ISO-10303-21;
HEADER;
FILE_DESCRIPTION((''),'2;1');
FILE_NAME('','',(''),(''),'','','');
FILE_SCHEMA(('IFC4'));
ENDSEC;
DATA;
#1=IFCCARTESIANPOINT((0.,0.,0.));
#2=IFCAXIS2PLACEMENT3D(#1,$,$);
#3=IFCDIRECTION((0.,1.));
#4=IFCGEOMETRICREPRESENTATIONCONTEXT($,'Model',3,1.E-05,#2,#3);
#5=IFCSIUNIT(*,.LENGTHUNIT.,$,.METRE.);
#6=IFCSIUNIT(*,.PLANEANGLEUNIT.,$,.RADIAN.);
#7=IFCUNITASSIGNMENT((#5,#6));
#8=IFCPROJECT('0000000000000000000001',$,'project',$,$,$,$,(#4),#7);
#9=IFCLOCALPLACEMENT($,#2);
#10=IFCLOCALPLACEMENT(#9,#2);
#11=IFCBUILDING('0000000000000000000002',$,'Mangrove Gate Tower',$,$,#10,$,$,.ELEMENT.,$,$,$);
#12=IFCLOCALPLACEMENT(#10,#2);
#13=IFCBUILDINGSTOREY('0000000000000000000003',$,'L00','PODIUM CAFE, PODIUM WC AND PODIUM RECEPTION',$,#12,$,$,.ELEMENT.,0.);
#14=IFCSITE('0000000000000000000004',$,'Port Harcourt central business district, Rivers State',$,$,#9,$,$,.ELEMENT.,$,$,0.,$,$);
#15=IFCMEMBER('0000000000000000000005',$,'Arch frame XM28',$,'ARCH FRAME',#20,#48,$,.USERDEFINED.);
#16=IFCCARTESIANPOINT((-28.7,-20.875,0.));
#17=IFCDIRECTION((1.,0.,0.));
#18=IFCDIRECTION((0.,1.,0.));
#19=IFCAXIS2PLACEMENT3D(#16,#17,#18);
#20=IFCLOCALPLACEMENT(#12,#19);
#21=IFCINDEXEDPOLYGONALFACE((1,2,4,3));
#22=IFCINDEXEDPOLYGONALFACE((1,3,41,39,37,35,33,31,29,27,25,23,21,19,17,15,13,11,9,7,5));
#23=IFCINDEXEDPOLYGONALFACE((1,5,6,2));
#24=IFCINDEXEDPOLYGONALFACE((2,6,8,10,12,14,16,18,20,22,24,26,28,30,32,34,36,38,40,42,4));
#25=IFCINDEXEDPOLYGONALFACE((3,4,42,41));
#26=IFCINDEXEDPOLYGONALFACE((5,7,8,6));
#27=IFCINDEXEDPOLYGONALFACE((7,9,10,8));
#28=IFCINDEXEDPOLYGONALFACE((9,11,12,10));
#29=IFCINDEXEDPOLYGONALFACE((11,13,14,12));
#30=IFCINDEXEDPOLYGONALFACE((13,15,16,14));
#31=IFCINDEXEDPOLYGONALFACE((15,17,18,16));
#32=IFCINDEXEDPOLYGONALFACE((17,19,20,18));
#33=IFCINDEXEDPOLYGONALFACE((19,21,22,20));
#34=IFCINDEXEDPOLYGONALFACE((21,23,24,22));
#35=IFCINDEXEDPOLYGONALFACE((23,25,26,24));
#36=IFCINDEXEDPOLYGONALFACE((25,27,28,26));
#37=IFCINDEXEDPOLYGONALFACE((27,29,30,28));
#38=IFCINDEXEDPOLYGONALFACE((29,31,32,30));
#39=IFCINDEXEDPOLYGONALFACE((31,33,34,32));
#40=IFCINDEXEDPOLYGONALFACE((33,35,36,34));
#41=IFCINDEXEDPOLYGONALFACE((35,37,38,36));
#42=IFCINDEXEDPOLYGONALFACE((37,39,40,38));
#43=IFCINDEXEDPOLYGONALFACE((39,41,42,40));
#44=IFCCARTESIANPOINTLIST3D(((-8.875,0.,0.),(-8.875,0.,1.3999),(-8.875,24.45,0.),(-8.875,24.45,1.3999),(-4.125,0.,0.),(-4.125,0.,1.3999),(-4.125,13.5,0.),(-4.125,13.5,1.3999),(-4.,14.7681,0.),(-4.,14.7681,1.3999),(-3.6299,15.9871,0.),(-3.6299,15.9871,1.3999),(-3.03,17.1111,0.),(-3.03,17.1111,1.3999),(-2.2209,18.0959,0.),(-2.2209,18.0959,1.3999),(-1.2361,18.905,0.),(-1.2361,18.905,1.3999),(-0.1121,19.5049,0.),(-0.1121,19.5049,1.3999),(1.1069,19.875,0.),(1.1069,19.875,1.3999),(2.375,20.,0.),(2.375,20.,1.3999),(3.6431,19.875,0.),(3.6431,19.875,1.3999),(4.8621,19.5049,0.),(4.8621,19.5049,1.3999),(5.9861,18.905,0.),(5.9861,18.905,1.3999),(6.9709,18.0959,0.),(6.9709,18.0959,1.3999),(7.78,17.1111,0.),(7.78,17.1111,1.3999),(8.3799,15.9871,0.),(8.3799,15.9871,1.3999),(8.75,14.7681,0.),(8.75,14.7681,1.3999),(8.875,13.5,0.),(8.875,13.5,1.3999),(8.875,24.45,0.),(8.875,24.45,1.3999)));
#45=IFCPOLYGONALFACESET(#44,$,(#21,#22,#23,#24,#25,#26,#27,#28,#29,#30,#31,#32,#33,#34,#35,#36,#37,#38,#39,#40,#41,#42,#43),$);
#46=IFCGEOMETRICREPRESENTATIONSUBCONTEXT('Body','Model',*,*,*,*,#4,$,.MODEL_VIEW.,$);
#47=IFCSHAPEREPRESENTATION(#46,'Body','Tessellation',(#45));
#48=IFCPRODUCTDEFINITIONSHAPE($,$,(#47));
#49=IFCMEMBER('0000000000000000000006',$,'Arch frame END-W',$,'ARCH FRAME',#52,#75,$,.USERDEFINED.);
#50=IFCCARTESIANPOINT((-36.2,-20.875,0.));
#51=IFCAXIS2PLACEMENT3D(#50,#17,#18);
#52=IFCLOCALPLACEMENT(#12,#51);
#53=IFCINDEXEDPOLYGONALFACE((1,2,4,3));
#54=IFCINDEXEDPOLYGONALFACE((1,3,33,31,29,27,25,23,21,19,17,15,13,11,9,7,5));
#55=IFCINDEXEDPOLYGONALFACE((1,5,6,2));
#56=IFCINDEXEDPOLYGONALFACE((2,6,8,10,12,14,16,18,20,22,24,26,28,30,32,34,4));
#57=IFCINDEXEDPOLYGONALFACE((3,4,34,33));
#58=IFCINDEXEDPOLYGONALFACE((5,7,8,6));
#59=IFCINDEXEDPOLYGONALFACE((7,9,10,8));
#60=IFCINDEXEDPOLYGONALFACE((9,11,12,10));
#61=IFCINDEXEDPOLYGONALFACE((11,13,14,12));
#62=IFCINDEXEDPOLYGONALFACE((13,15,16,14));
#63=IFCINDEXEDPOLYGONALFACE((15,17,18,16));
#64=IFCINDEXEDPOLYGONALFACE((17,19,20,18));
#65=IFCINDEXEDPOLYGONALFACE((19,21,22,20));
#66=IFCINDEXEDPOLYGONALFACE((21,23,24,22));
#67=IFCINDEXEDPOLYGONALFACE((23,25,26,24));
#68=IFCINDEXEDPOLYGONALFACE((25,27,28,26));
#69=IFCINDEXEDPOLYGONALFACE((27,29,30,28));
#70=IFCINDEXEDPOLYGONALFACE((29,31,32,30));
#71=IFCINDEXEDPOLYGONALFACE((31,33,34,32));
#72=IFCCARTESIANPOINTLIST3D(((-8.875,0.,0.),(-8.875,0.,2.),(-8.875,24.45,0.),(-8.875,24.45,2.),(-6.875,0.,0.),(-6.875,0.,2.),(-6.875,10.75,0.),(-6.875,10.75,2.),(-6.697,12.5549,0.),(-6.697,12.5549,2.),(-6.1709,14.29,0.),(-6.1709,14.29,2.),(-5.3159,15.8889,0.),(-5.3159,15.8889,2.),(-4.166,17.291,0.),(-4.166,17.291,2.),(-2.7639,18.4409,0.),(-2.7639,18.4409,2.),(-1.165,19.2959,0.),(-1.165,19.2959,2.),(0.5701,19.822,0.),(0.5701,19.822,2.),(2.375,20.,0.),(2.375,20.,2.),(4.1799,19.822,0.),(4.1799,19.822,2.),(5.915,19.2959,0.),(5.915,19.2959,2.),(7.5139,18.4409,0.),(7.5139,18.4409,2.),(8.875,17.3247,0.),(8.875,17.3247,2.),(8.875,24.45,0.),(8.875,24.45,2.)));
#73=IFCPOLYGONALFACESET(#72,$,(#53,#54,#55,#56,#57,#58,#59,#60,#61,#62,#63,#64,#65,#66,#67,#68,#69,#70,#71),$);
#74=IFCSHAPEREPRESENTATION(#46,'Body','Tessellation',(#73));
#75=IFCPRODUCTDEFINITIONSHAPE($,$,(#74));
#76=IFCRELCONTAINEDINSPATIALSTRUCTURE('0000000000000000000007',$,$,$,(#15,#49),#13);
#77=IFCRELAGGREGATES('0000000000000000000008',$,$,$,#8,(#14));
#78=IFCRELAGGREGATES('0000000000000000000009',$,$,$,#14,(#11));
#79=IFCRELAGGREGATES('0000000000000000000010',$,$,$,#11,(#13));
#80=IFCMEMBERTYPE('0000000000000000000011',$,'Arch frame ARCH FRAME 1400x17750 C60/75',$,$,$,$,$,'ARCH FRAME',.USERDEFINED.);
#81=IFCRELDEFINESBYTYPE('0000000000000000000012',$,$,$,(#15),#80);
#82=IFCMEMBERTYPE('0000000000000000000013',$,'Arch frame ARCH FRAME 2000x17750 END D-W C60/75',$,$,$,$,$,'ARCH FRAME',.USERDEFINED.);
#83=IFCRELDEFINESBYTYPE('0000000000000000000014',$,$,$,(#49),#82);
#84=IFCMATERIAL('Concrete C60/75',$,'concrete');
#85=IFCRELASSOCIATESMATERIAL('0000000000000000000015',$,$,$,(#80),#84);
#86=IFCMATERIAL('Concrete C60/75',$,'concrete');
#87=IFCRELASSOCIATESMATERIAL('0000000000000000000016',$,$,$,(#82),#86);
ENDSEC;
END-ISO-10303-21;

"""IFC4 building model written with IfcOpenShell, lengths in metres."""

from ifc_helpers import new_model, si_unit, direction, frame, origin, place, context, subcontext, project, spatial, polyline, outline, extrude, material, material_profile, profile_set, type_object, element, save


model = new_model("IFC4")

# Units and contexts
model_context = context("Model", 3, precision=1e-05, world=origin(), true_north=direction((0.0, 1.0)))
body_context = subcontext(model_context, "Body", "Model", "MODEL_VIEW")
ifc_project = project(units=[si_unit("LENGTHUNIT", "METRE"), si_unit("PLANEANGLEUNIT", "RADIAN")], contexts=[model_context])

# Site, building, storey
site_placement = place(None, origin())
site = spatial("IfcSite", under=ifc_project, at=site_placement, Name="Port Harcourt central business district, Rivers State", CompositionType="ELEMENT", RefElevation=0.0)
building_placement = place(site_placement, origin())
building = spatial("IfcBuilding", under=site, at=building_placement, Name="Mangrove Gate Tower", CompositionType="ELEMENT")
storey_placement = place(building_placement, origin())
storey = spatial("IfcBuildingStorey", under=building, at=storey_placement, Name="L00", Description="PODIUM CAFE, PODIUM WC AND PODIUM RECEPTION", CompositionType="ELEMENT", Elevation=0.0)

# Members
ifc_material_1 = material(Name="Concrete C60/75", Category="concrete")
ifc_material_profile_1 = material_profile(ifc_material_1, outline(polyline([(-8.875, 0.0), (-4.125, 0.0), (-4.125, 13.5), (-4.0, 14.7681), (-3.6299, 15.9871), (-3.03, 17.1111), (-2.2209, 18.0959), (-1.2361, 18.905), (-0.1121, 19.5049), (1.1069, 19.875), (2.375, 20.0), (3.6431, 19.875), (4.8621, 19.5049), (5.9861, 18.905), (6.9709, 18.0959), (7.78, 17.1111), (8.3799, 15.9871), (8.75, 14.7681), (8.875, 13.5), (8.875, 24.45), (-8.875, 24.45), (-8.875, 0.0)])))
ifc_profile_set_1 = profile_set([ifc_material_profile_1], Name="Concrete C60/75")
member_type_1 = type_object("IfcMemberType", Name="Arch frame ARCH FRAME 1400x17750 C60/75", ElementType="ARCH FRAME", PredefinedType="USERDEFINED", material=ifc_profile_set_1)
member_1_placement = place(storey_placement, frame((-28.7, -20.875, 0.0), z_axis=(1.0, 0.0, 0.0), x_axis=(0.0, 1.0, 0.0)))
element("IfcMember", 1, at=member_1_placement, inside=storey, type_object=member_type_1, Name="Arch frame XM28", ObjectType="ARCH FRAME", PredefinedType="USERDEFINED", context=body_context, shape_type="SweptSolid", body=[
    extrude(outline(polyline([(-8.875, 0.0), (-4.125, 0.0), (-4.125, 13.5), (-4.0, 14.7681), (-3.6299, 15.9871), (-3.03, 17.1111), (-2.2209, 18.0959), (-1.2361, 18.905), (-0.1121, 19.5049), (1.1069, 19.875), (2.375, 20.0), (3.6431, 19.875), (4.8621, 19.5049), (5.9861, 18.905), (6.9709, 18.0959), (7.78, 17.1111), (8.3799, 15.9871), (8.75, 14.7681), (8.875, 13.5), (8.875, 24.45), (-8.875, 24.45), (-8.875, 0.0)])), origin(), (0.0, 0.0, 1.0), 1.3999),
])
ifc_material_2 = material(Name="Concrete C60/75", Category="concrete")
ifc_material_profile_2 = material_profile(ifc_material_2, outline(polyline([(-8.875, 0.0), (-6.875, 0.0), (-6.875, 10.75), (-6.697, 12.5549), (-6.1709, 14.29), (-5.3159, 15.8889), (-4.166, 17.291), (-2.7639, 18.4409), (-1.165, 19.2959), (0.5701, 19.822), (2.375, 20.0), (4.1799, 19.822), (5.915, 19.2959), (7.5139, 18.4409), (8.875, 17.3247), (8.875, 24.45), (-8.875, 24.45), (-8.875, 0.0)])))
ifc_profile_set_2 = profile_set([ifc_material_profile_2], Name="Concrete C60/75")
member_type_2 = type_object("IfcMemberType", Name="Arch frame ARCH FRAME 2000x17750 END D-W C60/75", ElementType="ARCH FRAME", PredefinedType="USERDEFINED", material=ifc_profile_set_2)
member_2_placement = place(storey_placement, frame((-36.2, -20.875, 0.0), z_axis=(1.0, 0.0, 0.0), x_axis=(0.0, 1.0, 0.0)))
element("IfcMember", 2, at=member_2_placement, inside=storey, type_object=member_type_2, Name="Arch frame END-W", ObjectType="ARCH FRAME", PredefinedType="USERDEFINED", context=body_context, shape_type="SweptSolid", body=[
    extrude(outline(polyline([(-8.875, 0.0), (-6.875, 0.0), (-6.875, 10.75), (-6.697, 12.5549), (-6.1709, 14.29), (-5.3159, 15.8889), (-4.166, 17.291), (-2.7639, 18.4409), (-1.165, 19.2959), (0.5701, 19.822), (2.375, 20.0), (4.1799, 19.822), (5.915, 19.2959), (7.5139, 18.4409), (8.875, 17.3247), (8.875, 24.45), (-8.875, 24.45), (-8.875, 0.0)])), origin(), (0.0, 0.0, 1.0), 2.0),
])

save(model, "model.ifc")
